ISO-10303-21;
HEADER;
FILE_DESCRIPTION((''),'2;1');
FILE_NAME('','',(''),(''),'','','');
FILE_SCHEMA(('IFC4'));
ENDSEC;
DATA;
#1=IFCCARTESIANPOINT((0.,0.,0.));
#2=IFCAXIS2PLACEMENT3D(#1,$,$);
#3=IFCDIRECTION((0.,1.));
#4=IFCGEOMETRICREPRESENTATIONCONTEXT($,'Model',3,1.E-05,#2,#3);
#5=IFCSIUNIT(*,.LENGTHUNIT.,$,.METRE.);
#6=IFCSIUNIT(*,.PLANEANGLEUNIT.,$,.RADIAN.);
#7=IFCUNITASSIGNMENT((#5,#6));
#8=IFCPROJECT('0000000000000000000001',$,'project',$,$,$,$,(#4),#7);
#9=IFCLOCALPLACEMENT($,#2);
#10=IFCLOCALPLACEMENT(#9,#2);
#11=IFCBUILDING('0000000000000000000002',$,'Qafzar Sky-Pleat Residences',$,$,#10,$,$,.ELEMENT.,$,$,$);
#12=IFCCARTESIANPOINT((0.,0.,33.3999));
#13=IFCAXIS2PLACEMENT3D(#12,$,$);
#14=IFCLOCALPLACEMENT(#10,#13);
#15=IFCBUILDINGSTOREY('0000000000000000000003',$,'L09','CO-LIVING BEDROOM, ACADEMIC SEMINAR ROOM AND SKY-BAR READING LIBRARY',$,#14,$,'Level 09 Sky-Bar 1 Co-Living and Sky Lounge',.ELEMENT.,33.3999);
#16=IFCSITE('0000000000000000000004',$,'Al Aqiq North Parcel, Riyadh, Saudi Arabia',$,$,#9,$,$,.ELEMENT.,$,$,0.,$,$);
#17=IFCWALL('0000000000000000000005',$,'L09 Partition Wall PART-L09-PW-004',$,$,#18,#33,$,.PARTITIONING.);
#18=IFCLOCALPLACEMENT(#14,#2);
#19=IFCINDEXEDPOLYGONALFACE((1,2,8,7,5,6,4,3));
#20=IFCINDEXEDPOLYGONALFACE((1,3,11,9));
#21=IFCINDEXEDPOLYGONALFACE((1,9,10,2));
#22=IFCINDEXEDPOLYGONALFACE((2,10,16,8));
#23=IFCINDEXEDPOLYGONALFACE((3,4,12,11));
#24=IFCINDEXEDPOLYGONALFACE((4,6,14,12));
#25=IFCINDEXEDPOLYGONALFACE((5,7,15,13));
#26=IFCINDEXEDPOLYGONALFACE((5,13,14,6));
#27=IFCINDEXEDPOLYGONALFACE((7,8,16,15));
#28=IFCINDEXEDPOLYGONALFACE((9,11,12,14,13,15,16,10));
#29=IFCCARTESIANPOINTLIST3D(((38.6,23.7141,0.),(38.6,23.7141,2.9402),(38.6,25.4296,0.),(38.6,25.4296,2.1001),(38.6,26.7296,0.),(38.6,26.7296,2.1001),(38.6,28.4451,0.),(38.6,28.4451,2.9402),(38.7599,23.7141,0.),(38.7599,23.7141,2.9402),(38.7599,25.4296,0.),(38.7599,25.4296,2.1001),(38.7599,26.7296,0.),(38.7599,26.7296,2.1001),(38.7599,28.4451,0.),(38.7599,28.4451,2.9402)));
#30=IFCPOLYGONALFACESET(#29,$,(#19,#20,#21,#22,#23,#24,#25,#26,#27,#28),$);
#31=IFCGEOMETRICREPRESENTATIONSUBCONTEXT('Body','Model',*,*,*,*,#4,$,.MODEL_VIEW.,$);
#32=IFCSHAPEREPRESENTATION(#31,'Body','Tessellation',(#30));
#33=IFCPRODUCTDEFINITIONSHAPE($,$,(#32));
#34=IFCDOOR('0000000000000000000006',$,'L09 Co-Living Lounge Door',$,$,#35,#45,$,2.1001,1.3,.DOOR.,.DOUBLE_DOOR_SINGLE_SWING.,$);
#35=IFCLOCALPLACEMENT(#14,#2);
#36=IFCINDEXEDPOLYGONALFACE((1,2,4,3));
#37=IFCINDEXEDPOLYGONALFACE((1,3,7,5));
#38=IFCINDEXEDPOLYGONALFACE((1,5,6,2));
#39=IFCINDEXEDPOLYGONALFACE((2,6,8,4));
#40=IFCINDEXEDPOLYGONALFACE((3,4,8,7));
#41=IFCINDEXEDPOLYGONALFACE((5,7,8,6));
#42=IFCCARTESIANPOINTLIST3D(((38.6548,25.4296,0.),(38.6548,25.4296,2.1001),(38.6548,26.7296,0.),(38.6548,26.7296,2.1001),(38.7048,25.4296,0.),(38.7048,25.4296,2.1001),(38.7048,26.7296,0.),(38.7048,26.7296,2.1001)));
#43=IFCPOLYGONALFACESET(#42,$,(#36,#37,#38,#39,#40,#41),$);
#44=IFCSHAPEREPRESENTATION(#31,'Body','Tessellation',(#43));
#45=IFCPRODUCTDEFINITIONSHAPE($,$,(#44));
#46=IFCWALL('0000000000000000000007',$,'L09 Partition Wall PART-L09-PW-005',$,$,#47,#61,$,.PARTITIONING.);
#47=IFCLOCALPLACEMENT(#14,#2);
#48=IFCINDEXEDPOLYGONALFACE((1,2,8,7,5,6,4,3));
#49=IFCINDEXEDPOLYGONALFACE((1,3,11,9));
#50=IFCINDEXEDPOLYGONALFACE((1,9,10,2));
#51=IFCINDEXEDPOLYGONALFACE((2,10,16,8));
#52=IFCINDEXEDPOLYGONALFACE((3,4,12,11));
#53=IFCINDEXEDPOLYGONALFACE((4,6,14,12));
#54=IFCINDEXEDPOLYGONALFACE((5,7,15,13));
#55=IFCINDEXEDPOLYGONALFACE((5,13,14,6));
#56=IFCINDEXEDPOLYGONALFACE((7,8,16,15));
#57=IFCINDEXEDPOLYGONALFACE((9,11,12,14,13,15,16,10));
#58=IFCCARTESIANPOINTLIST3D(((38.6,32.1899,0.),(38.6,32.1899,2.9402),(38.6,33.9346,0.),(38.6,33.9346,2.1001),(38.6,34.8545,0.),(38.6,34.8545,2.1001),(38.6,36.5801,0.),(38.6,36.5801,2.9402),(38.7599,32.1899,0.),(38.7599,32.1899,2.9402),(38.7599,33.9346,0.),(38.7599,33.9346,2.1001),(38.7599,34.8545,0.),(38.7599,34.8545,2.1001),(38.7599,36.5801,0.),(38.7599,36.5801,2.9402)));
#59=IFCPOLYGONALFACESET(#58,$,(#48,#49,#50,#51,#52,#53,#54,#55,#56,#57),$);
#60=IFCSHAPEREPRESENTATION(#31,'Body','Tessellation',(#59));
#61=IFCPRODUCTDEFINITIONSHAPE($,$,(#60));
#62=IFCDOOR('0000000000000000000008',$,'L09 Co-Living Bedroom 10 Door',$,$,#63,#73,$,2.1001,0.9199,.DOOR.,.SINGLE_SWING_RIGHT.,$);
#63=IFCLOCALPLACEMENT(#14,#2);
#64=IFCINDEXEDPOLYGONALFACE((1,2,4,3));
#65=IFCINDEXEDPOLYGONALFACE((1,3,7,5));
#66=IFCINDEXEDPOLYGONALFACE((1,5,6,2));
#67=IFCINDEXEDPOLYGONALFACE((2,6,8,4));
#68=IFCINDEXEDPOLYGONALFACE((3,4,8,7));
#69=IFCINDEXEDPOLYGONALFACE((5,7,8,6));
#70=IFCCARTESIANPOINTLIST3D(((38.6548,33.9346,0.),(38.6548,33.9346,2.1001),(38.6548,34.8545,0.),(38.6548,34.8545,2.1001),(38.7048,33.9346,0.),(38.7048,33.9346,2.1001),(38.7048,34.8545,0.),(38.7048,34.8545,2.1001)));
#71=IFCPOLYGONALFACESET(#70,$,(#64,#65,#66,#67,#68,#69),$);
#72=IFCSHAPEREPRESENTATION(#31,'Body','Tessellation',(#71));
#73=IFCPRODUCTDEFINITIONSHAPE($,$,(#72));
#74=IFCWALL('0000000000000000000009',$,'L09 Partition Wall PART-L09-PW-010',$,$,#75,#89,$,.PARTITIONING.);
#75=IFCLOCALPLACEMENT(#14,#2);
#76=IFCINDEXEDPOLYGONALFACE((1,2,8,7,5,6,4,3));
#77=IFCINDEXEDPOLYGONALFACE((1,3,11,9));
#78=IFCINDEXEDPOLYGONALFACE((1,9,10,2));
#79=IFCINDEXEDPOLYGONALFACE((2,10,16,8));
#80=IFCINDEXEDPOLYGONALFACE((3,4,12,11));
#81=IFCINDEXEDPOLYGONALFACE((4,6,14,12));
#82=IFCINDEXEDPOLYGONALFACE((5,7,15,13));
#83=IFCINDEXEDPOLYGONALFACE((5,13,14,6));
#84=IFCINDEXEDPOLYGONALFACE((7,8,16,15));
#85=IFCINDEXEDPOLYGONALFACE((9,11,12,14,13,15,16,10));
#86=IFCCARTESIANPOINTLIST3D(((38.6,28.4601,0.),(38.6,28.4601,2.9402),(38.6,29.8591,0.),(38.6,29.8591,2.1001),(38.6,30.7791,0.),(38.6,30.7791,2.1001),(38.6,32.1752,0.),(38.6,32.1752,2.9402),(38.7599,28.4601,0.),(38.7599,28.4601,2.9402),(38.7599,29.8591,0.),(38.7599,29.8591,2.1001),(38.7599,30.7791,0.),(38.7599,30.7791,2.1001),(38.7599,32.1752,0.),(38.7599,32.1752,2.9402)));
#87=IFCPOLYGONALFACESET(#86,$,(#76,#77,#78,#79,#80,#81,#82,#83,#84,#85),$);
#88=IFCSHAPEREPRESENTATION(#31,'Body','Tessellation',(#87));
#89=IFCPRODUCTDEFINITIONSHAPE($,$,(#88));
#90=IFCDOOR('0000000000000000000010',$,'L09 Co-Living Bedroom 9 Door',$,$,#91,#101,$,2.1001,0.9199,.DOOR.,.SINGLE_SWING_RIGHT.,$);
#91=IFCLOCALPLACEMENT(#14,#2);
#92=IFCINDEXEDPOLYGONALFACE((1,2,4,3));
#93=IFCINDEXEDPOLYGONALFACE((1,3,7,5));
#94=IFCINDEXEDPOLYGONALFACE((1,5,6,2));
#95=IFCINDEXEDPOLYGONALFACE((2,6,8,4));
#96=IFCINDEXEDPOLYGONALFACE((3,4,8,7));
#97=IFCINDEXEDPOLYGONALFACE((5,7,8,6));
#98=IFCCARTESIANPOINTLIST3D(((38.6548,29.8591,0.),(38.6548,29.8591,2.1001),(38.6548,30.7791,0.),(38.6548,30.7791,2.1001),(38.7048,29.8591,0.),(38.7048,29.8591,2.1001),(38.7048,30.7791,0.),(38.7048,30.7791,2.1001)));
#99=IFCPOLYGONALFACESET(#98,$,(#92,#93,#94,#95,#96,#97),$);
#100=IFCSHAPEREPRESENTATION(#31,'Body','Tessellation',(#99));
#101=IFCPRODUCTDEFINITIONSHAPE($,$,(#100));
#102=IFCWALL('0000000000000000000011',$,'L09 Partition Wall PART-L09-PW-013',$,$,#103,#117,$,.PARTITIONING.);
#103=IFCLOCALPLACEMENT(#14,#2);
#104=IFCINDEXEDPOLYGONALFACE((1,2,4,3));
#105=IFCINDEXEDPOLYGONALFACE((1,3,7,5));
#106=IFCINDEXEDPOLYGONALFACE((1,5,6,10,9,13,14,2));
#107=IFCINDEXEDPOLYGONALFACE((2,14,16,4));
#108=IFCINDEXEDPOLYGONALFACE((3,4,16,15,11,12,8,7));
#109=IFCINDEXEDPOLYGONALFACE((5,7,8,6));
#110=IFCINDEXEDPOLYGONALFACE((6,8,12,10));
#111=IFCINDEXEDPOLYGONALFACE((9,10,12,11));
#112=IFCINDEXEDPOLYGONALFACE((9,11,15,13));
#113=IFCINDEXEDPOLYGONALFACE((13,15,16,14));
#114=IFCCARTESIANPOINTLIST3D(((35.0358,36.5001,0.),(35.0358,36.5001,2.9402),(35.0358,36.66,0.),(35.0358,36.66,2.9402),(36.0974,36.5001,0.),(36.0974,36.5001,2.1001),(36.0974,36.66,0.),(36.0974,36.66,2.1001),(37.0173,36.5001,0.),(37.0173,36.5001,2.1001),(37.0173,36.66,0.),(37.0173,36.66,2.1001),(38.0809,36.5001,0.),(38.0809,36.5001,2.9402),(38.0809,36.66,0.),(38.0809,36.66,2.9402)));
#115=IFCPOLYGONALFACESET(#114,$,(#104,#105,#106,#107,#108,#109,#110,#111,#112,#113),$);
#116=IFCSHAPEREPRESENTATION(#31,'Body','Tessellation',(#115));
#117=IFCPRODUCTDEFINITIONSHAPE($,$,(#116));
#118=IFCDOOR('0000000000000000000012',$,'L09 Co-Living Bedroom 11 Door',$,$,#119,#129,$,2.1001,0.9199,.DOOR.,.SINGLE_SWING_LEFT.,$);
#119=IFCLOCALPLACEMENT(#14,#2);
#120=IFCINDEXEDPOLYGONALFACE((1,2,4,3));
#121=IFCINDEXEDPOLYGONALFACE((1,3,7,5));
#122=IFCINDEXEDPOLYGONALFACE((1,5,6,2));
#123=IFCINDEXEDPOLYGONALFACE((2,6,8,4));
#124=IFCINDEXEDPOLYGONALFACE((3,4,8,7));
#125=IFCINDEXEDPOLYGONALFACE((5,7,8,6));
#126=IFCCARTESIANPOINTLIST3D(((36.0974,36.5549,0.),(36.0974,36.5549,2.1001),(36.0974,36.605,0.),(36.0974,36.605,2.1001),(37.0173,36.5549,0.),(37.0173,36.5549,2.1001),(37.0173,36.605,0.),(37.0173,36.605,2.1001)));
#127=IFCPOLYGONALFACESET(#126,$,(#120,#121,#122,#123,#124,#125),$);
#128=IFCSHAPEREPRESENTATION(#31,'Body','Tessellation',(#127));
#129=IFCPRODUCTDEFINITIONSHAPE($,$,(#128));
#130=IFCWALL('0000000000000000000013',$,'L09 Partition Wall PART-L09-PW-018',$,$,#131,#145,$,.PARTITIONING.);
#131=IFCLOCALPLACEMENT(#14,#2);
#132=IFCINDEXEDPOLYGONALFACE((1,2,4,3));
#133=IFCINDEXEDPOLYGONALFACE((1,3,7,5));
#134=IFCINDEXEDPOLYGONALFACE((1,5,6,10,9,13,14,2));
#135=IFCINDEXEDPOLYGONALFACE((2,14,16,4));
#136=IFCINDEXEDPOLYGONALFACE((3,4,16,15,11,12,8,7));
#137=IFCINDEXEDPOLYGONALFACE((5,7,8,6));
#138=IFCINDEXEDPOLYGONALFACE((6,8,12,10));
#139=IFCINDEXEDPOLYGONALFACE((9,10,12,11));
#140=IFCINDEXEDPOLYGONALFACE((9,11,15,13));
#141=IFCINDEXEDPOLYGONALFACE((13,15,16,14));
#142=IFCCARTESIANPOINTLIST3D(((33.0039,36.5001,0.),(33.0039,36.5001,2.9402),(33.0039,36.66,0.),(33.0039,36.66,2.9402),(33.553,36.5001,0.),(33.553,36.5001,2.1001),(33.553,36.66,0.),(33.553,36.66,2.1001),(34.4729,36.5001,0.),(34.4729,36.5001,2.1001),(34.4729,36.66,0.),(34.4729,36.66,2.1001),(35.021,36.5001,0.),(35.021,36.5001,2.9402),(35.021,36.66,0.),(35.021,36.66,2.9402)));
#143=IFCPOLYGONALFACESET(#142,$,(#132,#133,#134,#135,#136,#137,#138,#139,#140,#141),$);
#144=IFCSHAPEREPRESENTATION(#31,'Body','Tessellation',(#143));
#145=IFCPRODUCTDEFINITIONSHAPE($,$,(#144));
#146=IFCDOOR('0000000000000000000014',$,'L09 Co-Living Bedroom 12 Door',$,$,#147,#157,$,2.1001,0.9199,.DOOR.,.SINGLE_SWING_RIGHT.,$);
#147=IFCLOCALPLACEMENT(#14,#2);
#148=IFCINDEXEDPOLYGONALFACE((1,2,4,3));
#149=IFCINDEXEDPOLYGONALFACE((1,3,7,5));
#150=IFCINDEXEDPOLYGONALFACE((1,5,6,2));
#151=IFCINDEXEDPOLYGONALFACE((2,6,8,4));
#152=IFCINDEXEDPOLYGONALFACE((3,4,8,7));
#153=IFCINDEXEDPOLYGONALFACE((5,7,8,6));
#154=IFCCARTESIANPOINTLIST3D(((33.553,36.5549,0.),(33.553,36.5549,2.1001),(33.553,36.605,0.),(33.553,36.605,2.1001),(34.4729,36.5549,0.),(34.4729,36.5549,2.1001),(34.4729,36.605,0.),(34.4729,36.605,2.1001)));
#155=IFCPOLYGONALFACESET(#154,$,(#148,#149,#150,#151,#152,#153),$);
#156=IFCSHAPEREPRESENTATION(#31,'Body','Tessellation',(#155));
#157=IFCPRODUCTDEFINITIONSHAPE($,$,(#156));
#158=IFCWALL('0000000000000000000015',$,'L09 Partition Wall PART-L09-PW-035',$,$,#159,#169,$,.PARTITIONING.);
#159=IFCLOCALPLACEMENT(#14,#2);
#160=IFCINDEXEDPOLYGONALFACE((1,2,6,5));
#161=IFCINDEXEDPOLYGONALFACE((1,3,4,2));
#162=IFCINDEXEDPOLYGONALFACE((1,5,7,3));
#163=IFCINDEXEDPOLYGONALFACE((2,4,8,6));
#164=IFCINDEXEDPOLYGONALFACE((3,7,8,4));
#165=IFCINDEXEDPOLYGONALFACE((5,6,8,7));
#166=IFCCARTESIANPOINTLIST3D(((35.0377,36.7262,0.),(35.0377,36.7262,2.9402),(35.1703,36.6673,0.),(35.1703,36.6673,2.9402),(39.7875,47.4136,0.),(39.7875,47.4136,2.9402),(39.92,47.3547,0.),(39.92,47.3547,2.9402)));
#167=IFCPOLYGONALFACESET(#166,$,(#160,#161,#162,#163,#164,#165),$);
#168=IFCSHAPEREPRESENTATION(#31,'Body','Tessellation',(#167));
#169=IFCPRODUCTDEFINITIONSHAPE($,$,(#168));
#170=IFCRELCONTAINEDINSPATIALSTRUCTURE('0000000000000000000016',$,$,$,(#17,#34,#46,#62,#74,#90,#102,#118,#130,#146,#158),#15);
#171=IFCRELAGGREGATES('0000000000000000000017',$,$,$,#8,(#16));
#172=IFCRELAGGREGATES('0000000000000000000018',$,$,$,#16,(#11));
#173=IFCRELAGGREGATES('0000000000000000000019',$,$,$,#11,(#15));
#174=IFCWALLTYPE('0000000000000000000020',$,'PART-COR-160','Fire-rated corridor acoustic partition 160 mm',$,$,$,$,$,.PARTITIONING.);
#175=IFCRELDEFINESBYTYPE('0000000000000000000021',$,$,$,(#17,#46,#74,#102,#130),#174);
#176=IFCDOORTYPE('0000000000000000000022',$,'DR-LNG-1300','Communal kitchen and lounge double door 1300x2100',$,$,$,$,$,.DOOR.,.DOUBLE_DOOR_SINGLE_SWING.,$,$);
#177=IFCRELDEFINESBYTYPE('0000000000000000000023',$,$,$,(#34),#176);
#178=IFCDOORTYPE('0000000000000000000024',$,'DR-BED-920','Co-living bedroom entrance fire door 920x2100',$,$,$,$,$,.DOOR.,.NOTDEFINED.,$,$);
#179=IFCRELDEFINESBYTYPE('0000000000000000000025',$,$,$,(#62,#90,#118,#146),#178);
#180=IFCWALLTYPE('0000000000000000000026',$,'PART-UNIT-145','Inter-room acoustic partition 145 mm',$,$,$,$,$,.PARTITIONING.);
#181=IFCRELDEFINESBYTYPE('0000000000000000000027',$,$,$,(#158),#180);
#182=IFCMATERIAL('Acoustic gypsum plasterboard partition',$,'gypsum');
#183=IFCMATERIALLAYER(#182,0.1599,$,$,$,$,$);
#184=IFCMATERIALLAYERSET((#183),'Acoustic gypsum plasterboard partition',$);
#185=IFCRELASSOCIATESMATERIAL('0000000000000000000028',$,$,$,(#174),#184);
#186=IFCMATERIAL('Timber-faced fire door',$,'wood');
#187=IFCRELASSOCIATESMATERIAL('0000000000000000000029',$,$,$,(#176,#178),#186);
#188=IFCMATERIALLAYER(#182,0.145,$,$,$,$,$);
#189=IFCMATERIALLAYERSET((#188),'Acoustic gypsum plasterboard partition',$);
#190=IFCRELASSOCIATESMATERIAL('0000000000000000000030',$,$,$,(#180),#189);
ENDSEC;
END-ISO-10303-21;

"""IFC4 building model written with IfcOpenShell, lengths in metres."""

from ifc_helpers import new_model, si_unit, direction, frame, frame_2d, origin, place, context, subcontext, project, spatial, rectangle, extrude, source, transform, mapped, material, layer, layer_set, type_object, element, fill, save


model = new_model("IFC4")

# Units and contexts
model_context = context("Model", 3, precision=1e-05, world=origin(), true_north=direction((0.0, 1.0)))
body_context = subcontext(model_context, "Body", "Model", "MODEL_VIEW")
ifc_project = project(units=[si_unit("LENGTHUNIT", "METRE"), si_unit("PLANEANGLEUNIT", "RADIAN")], contexts=[model_context])

# Site, building, storey
site_placement = place(None, origin())
site = spatial("IfcSite", under=ifc_project, at=site_placement, Name="Al Aqiq North Parcel, Riyadh, Saudi Arabia", CompositionType="ELEMENT", RefElevation=0.0)
building_placement = place(site_placement, origin())
building = spatial("IfcBuilding", under=site, at=building_placement, Name="Qafzar Sky-Pleat Residences", CompositionType="ELEMENT")
storey_placement = place(building_placement, frame((0.0, 0.0, 33.3999)))
storey = spatial("IfcBuildingStorey", under=building, at=storey_placement, Name="L09", Description="CO-LIVING BEDROOM, ACADEMIC SEMINAR ROOM AND SKY-BAR READING LIBRARY", LongName="Level 09 Sky-Bar 1 Co-Living and Sky Lounge", CompositionType="ELEMENT", Elevation=33.3999)

# Walls, openings, doors
ifc_material_1 = material(Name="Acoustic gypsum plasterboard partition", Category="gypsum")
ifc_layer_1 = layer(ifc_material_1, 0.1599)
ifc_layer_set_1 = layer_set([ifc_layer_1], Name="Acoustic gypsum plasterboard partition")
wall_type_1 = type_object("IfcWallType", Name="PART-COR-160", Description="Fire-rated corridor acoustic partition 160 mm", PredefinedType="PARTITIONING", material=ifc_layer_set_1)
wall_1_placement = place(storey_placement, frame((38.6799, 28.4451, 0.0), z_axis=(0.0, 0.0, 1.0), x_axis=(0.0, -1.0, 0.0)))
wall_1 = element("IfcWall", 1, at=wall_1_placement, inside=storey, type_object=wall_type_1, Name="L09 Partition Wall PART-L09-PW-004", PredefinedType="PARTITIONING", context=body_context, shape_type="SweptSolid", body=[
    extrude(rectangle(XDim=4.731, YDim=0.1599, at=frame_2d((2.3655, 0.0))), origin(), (0.0, 0.0, 1.0), 2.9402),
])
opening_1_placement = place(wall_1_placement, frame((1.7156, 0.0, 0.0)))
opening_1 = element("IfcOpeningElement", 2, at=opening_1_placement, cuts=wall_1, PredefinedType="OPENING", context=body_context, shape_type="SweptSolid", body=[
    extrude(rectangle(XDim=1.3, YDim=2.1001, at=frame_2d((0.6499, 1.05))), frame((0.0, 0.0898, 0.0), z_axis=(0.0, -1.0, 0.0), x_axis=(1.0, 0.0, 0.0)), (0.0, 0.0, 1.0), 0.1799),
])
ifc_material_2 = material(Name="Timber-faced fire door", Category="wood")
door_type_1 = type_object("IfcDoorType", Name="DR-LNG-1300", Description="Communal kitchen and lounge double door 1300x2100", OperationType="DOUBLE_DOOR_SINGLE_SWING", PredefinedType="DOOR", material=ifc_material_2)
shared_shape_1 = source(origin(), body_context, "Body", "SweptSolid", [
    extrude(rectangle(XDim=1.3, YDim=2.1001, at=frame_2d((0.6499, 1.05))), frame((0.0, 0.0249, 0.0), z_axis=(0.0, -1.0, 0.0), x_axis=(1.0, 0.0, 0.0)), (0.0, 0.0, 1.0), 0.05),
])
door_1_placement = place(opening_1_placement, origin())
door_1 = element("IfcDoor", 3, at=door_1_placement, inside=storey, type_object=door_type_1, Name="L09 Co-Living Lounge Door", OperationType="DOUBLE_DOOR_SINGLE_SWING", OverallHeight=2.1001, OverallWidth=1.3, PredefinedType="DOOR", context=body_context, shape_type="MappedRepresentation", body=[
    mapped(shared_shape_1, transform((0.0, 0.0, 0.0), x_axis=(1.0, 0.0, 0.0), y_axis=(0.0, 1.0, 0.0), z_axis=(0.0, 0.0, 1.0), scale=1.0)),
])
fill(opening_1, door_1)
wall_2_placement = place(storey_placement, frame((38.6799, 36.5801, 0.0), z_axis=(0.0, 0.0, 1.0), x_axis=(0.0, -1.0, 0.0)))
wall_2 = element("IfcWall", 4, at=wall_2_placement, inside=storey, type_object=wall_type_1, Name="L09 Partition Wall PART-L09-PW-005", PredefinedType="PARTITIONING", context=body_context, shape_type="SweptSolid", body=[
    extrude(rectangle(XDim=4.3901, YDim=0.1599, at=frame_2d((2.1951, 0.0))), origin(), (0.0, 0.0, 1.0), 2.9402),
])
opening_2_placement = place(wall_2_placement, frame((1.7256, 0.0, 0.0)))
opening_2 = element("IfcOpeningElement", 5, at=opening_2_placement, cuts=wall_2, PredefinedType="OPENING", context=body_context, shape_type="SweptSolid", body=[
    extrude(rectangle(XDim=0.9199, YDim=2.1001, at=frame_2d((0.46, 1.05))), frame((0.0, 0.0898, 0.0), z_axis=(0.0, -1.0, 0.0), x_axis=(1.0, 0.0, 0.0)), (0.0, 0.0, 1.0), 0.1799),
])
door_type_2 = type_object("IfcDoorType", Name="DR-BED-920", Description="Co-living bedroom entrance fire door 920x2100", OperationType="NOTDEFINED", PredefinedType="DOOR", material=ifc_material_2)
shared_shape_2 = source(origin(), body_context, "Body", "SweptSolid", [
    extrude(rectangle(XDim=0.9199, YDim=2.1001, at=frame_2d((0.46, 1.05))), frame((0.0, 0.0249, 0.0), z_axis=(0.0, -1.0, 0.0), x_axis=(1.0, 0.0, 0.0)), (0.0, 0.0, 1.0), 0.05),
])
door_2_placement = place(opening_2_placement, origin())
door_2 = element("IfcDoor", 6, at=door_2_placement, inside=storey, type_object=door_type_2, Name="L09 Co-Living Bedroom 10 Door", OperationType="SINGLE_SWING_RIGHT", OverallHeight=2.1001, OverallWidth=0.9199, PredefinedType="DOOR", context=body_context, shape_type="MappedRepresentation", body=[
    mapped(shared_shape_2, transform((0.0, 0.0, 0.0), x_axis=(1.0, 0.0, 0.0), y_axis=(0.0, 1.0, 0.0), z_axis=(0.0, 0.0, 1.0), scale=1.0)),
])
fill(opening_2, door_2)
wall_3_placement = place(storey_placement, frame((38.6799, 32.175, 0.0), z_axis=(0.0, 0.0, 1.0), x_axis=(0.0, -1.0, 0.0)))
wall_3 = element("IfcWall", 7, at=wall_3_placement, inside=storey, type_object=wall_type_1, Name="L09 Partition Wall PART-L09-PW-010", PredefinedType="PARTITIONING", context=body_context, shape_type="SweptSolid", body=[
    extrude(rectangle(XDim=3.7151, YDim=0.1599, at=frame_2d((1.8574, 0.0))), origin(), (0.0, 0.0, 1.0), 2.9402),
])
opening_3_placement = place(wall_3_placement, frame((1.396, 0.0, 0.0)))
opening_3 = element("IfcOpeningElement", 8, at=opening_3_placement, cuts=wall_3, PredefinedType="OPENING", context=body_context, shape_type="SweptSolid", body=[
    extrude(rectangle(XDim=0.9199, YDim=2.1001, at=frame_2d((0.46, 1.05))), frame((0.0, 0.0898, 0.0), z_axis=(0.0, -1.0, 0.0), x_axis=(1.0, 0.0, 0.0)), (0.0, 0.0, 1.0), 0.1799),
])
door_3_placement = place(opening_3_placement, origin())
door_3 = element("IfcDoor", 9, at=door_3_placement, inside=storey, type_object=door_type_2, Name="L09 Co-Living Bedroom 9 Door", OperationType="SINGLE_SWING_RIGHT", OverallHeight=2.1001, OverallWidth=0.9199, PredefinedType="DOOR", context=body_context, shape_type="MappedRepresentation", body=[
    mapped(shared_shape_2, transform((0.0, 0.0, 0.0), x_axis=(1.0, 0.0, 0.0), y_axis=(0.0, 1.0, 0.0), z_axis=(0.0, 0.0, 1.0), scale=1.0)),
])
fill(opening_3, door_3)
wall_4_placement = place(storey_placement, frame((35.0359, 36.5801, 0.0), z_axis=(0.0, 0.0, 1.0), x_axis=(1.0, 0.0, 0.0)))
wall_4 = element("IfcWall", 10, at=wall_4_placement, inside=storey, type_object=wall_type_1, Name="L09 Partition Wall PART-L09-PW-013", PredefinedType="PARTITIONING", context=body_context, shape_type="SweptSolid", body=[
    extrude(rectangle(XDim=3.0452, YDim=0.1599, at=frame_2d((1.5225, 0.0))), origin(), (0.0, 0.0, 1.0), 2.9402),
])
opening_4_placement = place(wall_4_placement, frame((1.0615, 0.0, 0.0)))
opening_4 = element("IfcOpeningElement", 11, at=opening_4_placement, cuts=wall_4, PredefinedType="OPENING", context=body_context, shape_type="SweptSolid", body=[
    extrude(rectangle(XDim=0.9199, YDim=2.1001, at=frame_2d((0.46, 1.05))), frame((0.0, 0.0898, 0.0), z_axis=(0.0, -1.0, 0.0), x_axis=(1.0, 0.0, 0.0)), (0.0, 0.0, 1.0), 0.1799),
])
door_4_placement = place(opening_4_placement, origin())
door_4 = element("IfcDoor", 12, at=door_4_placement, inside=storey, type_object=door_type_2, Name="L09 Co-Living Bedroom 11 Door", OperationType="SINGLE_SWING_LEFT", OverallHeight=2.1001, OverallWidth=0.9199, PredefinedType="DOOR", context=body_context, shape_type="MappedRepresentation", body=[
    mapped(shared_shape_2, transform((0.0, 0.0, 0.0), x_axis=(1.0, 0.0, 0.0), y_axis=(0.0, 1.0, 0.0), z_axis=(0.0, 0.0, 1.0), scale=1.0)),
])
fill(opening_4, door_4)
wall_5_placement = place(storey_placement, frame((33.0039, 36.5801, 0.0), z_axis=(0.0, 0.0, 1.0), x_axis=(1.0, 0.0, 0.0)))
wall_5 = element("IfcWall", 13, at=wall_5_placement, inside=storey, type_object=wall_type_1, Name="L09 Partition Wall PART-L09-PW-018", PredefinedType="PARTITIONING", context=body_context, shape_type="SweptSolid", body=[
    extrude(rectangle(XDim=2.0171, YDim=0.1599, at=frame_2d((1.0085, 0.0))), origin(), (0.0, 0.0, 1.0), 2.9402),
])
opening_5_placement = place(wall_5_placement, frame((0.5491, 0.0, 0.0)))
opening_5 = element("IfcOpeningElement", 14, at=opening_5_placement, cuts=wall_5, PredefinedType="OPENING", context=body_context, shape_type="SweptSolid", body=[
    extrude(rectangle(XDim=0.9199, YDim=2.1001, at=frame_2d((0.46, 1.05))), frame((0.0, 0.0898, 0.0), z_axis=(0.0, -1.0, 0.0), x_axis=(1.0, 0.0, 0.0)), (0.0, 0.0, 1.0), 0.1799),
])
door_5_placement = place(opening_5_placement, origin())
door_5 = element("IfcDoor", 15, at=door_5_placement, inside=storey, type_object=door_type_2, Name="L09 Co-Living Bedroom 12 Door", OperationType="SINGLE_SWING_RIGHT", OverallHeight=2.1001, OverallWidth=0.9199, PredefinedType="DOOR", context=body_context, shape_type="MappedRepresentation", body=[
    mapped(shared_shape_2, transform((0.0, 0.0, 0.0), x_axis=(1.0, 0.0, 0.0), y_axis=(0.0, 1.0, 0.0), z_axis=(0.0, 0.0, 1.0), scale=1.0)),
])
fill(opening_5, door_5)

# Wall
ifc_layer_2 = layer(ifc_material_1, 0.145)
ifc_layer_set_2 = layer_set([ifc_layer_2], Name="Acoustic gypsum plasterboard partition")
wall_type_2 = type_object("IfcWallType", Name="PART-UNIT-145", Description="Inter-room acoustic partition 145 mm", PredefinedType="PARTITIONING", material=ifc_layer_set_2)
wall_6_placement = place(storey_placement, frame((35.104, 36.6968, 0.0), z_axis=(0.0, 0.0, 1.0), x_axis=(0.406121, 0.913819, 0.0)))
element("IfcWall", 16, at=wall_6_placement, inside=storey, type_object=wall_type_2, Name="L09 Partition Wall PART-L09-PW-035", PredefinedType="PARTITIONING", context=body_context, shape_type="SweptSolid", body=[
    extrude(rectangle(XDim=11.6953, YDim=0.145, at=frame_2d((5.8477, 0.0))), origin(), (0.0, 0.0, 1.0), 2.9402),
])

save(model, "model.ifc")
